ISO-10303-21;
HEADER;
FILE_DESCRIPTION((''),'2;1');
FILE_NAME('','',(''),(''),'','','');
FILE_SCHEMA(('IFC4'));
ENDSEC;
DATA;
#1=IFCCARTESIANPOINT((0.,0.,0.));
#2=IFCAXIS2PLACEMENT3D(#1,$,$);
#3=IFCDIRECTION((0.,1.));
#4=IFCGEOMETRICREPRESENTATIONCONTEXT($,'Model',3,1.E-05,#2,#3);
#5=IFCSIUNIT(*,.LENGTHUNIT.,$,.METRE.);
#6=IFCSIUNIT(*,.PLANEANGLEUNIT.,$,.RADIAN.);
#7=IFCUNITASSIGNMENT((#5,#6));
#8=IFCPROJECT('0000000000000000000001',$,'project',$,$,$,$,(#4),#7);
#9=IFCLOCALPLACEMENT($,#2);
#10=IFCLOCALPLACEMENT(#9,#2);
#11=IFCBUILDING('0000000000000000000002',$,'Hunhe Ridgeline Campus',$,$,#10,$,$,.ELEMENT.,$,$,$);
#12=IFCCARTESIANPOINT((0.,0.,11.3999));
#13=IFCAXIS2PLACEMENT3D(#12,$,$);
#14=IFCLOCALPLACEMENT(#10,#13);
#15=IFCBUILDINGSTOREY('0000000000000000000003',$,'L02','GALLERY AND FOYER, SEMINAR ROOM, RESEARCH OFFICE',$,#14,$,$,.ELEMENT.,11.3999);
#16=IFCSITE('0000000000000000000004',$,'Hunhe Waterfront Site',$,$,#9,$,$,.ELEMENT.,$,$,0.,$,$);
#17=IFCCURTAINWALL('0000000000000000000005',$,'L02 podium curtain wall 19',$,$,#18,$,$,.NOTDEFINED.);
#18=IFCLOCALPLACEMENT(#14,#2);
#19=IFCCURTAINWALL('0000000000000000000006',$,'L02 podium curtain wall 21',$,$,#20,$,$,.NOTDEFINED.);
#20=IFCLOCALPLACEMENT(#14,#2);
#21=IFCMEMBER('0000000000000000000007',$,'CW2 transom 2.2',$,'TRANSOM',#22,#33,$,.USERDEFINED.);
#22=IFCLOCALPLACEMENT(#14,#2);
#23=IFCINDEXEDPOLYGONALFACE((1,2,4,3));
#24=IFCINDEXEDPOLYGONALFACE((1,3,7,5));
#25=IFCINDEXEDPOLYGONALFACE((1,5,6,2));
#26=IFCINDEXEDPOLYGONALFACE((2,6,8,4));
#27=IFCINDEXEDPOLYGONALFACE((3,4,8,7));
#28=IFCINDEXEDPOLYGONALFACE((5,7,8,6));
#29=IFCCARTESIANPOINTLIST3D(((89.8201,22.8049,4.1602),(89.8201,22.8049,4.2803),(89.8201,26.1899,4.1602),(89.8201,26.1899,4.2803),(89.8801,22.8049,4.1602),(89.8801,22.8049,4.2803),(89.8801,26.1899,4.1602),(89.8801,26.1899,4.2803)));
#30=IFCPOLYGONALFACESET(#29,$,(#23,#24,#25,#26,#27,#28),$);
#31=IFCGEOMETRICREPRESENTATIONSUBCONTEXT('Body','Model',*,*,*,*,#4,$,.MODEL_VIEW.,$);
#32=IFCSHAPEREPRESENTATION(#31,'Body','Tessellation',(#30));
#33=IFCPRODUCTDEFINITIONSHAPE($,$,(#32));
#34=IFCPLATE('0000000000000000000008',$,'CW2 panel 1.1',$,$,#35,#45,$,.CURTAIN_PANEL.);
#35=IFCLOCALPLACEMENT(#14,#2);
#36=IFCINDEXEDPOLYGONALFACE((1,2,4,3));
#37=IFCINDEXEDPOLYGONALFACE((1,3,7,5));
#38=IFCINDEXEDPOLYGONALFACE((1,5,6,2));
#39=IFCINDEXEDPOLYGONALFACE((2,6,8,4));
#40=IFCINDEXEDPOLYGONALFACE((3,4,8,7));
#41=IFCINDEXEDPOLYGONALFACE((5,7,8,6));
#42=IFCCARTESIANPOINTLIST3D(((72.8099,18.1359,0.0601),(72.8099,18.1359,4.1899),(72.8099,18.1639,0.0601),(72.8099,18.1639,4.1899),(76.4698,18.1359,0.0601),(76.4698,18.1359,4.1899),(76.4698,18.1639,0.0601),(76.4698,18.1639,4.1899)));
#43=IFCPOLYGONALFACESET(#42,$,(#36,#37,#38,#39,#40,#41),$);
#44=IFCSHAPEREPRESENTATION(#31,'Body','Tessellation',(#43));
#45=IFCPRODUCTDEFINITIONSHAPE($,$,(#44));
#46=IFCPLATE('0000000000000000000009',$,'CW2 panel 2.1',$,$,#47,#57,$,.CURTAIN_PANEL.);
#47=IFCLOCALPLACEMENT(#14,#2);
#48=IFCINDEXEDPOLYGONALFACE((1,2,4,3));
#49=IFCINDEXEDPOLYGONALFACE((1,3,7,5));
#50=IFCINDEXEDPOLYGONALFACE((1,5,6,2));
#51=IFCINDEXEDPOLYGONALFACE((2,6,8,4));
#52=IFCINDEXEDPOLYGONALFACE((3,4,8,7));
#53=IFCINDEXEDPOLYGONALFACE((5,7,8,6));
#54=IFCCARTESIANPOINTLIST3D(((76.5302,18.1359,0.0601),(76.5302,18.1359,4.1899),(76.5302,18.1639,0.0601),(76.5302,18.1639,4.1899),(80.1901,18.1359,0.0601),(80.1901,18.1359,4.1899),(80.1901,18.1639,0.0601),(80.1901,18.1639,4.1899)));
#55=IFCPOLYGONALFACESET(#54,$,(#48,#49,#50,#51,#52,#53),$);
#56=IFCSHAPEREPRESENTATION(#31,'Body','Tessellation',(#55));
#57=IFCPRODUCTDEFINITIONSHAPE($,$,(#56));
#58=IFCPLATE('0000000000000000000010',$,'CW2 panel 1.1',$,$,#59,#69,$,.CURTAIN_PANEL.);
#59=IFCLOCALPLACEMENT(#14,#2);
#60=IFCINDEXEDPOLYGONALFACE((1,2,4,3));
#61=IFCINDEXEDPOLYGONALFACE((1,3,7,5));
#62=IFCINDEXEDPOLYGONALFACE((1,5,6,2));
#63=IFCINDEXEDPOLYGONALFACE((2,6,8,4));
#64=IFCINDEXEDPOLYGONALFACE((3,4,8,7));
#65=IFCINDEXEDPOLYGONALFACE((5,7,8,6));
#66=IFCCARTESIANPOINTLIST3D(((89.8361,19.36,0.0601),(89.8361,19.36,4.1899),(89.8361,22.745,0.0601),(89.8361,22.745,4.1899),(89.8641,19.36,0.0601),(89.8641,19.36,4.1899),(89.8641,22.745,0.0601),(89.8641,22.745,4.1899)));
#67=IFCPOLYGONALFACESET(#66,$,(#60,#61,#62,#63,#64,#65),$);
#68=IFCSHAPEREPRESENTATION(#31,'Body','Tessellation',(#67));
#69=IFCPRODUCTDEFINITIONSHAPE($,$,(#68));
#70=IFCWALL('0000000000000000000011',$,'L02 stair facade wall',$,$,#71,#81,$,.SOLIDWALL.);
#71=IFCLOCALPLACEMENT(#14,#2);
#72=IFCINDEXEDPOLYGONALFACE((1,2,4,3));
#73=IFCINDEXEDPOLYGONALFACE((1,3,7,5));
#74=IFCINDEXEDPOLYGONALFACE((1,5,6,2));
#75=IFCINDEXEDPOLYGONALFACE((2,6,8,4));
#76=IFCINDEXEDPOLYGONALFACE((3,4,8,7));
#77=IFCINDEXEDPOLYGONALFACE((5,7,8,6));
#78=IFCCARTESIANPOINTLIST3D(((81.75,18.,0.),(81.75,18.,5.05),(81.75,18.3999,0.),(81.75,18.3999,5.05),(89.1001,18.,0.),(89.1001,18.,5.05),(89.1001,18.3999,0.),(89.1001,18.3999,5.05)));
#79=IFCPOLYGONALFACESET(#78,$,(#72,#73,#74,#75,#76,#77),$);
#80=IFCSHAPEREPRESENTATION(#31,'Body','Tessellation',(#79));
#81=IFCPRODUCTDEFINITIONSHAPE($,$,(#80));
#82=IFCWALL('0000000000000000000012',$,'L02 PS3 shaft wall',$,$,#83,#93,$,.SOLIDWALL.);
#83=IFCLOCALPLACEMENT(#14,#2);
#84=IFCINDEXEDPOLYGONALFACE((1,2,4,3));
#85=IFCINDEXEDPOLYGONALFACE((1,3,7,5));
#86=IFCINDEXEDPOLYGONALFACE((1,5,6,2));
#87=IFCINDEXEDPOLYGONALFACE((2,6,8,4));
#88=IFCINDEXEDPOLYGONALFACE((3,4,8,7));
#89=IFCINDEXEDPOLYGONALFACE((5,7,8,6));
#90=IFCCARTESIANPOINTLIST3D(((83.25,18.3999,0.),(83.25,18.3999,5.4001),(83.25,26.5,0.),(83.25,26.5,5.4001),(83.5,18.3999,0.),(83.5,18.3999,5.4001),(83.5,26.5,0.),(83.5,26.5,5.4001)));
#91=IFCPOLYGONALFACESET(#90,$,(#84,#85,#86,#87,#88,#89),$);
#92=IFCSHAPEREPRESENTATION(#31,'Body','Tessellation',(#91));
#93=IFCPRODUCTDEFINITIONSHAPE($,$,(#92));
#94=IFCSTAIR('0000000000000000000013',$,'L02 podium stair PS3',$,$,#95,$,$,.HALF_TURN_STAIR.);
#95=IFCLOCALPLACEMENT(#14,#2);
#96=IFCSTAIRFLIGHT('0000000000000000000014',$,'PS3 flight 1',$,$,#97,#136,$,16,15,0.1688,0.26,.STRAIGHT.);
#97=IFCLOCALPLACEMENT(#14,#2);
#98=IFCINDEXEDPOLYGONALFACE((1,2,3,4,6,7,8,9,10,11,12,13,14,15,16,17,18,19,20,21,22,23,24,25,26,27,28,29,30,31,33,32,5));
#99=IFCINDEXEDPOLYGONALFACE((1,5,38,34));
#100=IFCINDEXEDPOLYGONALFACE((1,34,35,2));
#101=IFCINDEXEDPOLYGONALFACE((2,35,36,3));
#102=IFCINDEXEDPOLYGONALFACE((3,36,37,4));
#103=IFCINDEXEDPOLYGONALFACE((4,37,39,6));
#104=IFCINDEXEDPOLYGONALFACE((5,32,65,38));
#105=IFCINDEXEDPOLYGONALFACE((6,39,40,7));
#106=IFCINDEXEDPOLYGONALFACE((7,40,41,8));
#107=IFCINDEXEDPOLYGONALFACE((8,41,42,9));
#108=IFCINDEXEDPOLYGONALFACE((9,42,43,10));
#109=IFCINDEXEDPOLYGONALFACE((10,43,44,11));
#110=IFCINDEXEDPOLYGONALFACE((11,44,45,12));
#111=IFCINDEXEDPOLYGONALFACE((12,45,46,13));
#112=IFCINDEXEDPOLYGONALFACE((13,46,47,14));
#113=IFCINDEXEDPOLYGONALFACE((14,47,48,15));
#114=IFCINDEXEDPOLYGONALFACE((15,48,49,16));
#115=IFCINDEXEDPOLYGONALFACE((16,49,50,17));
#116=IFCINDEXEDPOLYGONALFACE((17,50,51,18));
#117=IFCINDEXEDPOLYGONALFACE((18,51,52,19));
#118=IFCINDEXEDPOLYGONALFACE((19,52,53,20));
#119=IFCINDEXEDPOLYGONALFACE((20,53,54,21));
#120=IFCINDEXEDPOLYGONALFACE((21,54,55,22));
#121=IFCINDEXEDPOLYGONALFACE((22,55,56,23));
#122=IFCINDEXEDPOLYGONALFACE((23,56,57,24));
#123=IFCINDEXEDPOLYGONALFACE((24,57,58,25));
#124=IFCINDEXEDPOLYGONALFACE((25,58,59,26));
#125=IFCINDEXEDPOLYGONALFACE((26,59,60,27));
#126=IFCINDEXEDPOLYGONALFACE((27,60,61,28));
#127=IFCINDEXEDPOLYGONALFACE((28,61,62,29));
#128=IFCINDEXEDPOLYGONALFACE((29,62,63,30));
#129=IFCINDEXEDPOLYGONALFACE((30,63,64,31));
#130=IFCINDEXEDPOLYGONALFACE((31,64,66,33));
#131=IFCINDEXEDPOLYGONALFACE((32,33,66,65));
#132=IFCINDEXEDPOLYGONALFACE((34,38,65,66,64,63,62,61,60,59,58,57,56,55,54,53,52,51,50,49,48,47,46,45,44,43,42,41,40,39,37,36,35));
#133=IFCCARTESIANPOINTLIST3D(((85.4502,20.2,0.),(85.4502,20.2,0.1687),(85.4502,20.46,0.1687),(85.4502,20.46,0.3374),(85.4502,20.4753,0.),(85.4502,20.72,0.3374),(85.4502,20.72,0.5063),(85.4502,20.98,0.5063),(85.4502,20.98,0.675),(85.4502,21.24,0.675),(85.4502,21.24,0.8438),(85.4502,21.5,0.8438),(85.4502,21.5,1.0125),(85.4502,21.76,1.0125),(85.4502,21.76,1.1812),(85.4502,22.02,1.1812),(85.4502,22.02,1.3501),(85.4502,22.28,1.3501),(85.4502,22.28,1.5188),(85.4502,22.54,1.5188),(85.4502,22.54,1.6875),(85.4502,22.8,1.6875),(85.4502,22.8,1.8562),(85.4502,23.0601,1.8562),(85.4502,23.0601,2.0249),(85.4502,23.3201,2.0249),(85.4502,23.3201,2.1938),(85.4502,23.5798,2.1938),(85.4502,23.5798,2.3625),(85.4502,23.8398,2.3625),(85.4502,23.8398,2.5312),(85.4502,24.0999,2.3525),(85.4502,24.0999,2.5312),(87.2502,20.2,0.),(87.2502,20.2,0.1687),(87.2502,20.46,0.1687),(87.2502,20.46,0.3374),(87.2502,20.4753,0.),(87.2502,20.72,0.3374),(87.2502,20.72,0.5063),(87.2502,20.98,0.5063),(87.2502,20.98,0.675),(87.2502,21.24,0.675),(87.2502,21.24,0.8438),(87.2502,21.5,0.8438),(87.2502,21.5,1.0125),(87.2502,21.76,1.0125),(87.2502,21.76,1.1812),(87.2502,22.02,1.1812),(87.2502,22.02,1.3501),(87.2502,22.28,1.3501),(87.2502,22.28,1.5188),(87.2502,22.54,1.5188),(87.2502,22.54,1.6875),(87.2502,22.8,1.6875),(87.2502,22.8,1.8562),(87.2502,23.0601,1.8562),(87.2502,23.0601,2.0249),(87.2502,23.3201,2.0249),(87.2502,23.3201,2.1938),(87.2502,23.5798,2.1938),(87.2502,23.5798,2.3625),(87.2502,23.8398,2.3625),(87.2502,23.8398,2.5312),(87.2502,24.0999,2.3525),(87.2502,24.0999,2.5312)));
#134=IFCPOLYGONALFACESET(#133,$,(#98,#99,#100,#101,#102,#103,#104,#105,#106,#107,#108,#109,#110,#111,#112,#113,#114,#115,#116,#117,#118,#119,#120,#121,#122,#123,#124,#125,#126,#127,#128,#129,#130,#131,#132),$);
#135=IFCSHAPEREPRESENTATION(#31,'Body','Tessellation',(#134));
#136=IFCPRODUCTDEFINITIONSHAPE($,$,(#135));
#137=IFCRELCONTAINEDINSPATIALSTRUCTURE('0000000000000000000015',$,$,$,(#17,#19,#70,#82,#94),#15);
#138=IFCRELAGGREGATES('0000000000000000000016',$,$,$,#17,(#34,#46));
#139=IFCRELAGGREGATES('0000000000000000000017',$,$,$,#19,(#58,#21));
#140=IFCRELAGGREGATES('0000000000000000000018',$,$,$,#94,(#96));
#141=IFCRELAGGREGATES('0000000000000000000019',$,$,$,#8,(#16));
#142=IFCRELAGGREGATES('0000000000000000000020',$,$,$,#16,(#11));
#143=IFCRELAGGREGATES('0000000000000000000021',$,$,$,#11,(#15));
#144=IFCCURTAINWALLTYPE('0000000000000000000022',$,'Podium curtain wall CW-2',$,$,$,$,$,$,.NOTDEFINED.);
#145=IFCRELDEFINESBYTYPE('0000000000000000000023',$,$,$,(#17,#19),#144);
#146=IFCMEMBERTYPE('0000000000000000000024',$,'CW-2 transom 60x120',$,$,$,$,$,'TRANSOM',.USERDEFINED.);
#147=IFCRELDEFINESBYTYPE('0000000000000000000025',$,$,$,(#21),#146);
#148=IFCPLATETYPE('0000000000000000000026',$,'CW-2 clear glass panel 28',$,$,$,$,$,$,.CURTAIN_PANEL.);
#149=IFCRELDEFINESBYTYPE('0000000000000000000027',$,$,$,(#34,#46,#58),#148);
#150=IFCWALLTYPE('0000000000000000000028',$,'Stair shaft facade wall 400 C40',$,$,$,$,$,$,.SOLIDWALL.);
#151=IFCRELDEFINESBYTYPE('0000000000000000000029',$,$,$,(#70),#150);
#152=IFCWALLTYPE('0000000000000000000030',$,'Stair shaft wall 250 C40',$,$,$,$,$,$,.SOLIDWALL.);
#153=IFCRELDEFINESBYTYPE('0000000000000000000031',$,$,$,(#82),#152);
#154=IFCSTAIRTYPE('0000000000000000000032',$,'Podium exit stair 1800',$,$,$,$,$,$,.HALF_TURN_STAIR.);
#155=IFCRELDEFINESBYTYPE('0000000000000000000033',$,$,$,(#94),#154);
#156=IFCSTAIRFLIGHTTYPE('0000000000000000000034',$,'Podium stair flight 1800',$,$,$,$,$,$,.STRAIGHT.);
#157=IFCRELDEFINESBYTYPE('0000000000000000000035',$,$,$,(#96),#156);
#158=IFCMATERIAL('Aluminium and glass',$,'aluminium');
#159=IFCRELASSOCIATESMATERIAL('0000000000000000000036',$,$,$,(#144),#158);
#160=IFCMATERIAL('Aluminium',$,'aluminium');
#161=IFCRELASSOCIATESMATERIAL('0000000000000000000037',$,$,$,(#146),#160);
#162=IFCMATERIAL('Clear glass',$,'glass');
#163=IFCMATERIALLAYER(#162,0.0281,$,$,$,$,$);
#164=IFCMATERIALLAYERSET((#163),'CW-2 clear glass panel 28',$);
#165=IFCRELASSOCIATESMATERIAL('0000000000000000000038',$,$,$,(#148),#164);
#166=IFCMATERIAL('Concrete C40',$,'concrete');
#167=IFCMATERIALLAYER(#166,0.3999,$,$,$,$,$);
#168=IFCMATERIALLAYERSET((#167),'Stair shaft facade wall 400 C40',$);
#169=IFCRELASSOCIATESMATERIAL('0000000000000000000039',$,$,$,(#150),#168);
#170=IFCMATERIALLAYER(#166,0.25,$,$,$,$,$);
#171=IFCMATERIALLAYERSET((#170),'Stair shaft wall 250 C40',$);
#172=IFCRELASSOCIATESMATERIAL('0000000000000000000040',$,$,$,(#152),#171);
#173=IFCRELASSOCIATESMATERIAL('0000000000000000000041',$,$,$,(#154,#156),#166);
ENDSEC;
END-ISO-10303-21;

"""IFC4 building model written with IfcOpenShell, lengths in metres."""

from ifc_helpers import new_model, si_unit, direction, frame, frame_2d, origin, origin_2d, place, context, subcontext, project, spatial, polyline, rectangle, outline, extrude, material, layer, layer_set, material_profile, profile_set, type_object, element, aggregate, save


model = new_model("IFC4")

# Units and contexts
model_context = context("Model", 3, precision=1e-05, world=origin(), true_north=direction((0.0, 1.0)))
body_context = subcontext(model_context, "Body", "Model", "MODEL_VIEW")
ifc_project = project(units=[si_unit("LENGTHUNIT", "METRE"), si_unit("PLANEANGLEUNIT", "RADIAN")], contexts=[model_context])

# Site, building, storey
site_placement = place(None, origin())
site = spatial("IfcSite", under=ifc_project, at=site_placement, Name="Hunhe Waterfront Site", CompositionType="ELEMENT", RefElevation=0.0)
building_placement = place(site_placement, origin())
building = spatial("IfcBuilding", under=site, at=building_placement, Name="Hunhe Ridgeline Campus", CompositionType="ELEMENT")
storey_placement = place(building_placement, frame((0.0, 0.0, 11.3999)))
storey = spatial("IfcBuildingStorey", under=building, at=storey_placement, Name="L02", Description="GALLERY AND FOYER, SEMINAR ROOM, RESEARCH OFFICE", CompositionType="ELEMENT", Elevation=11.3999)

# Curtain walls
ifc_material_1 = material(Name="Aluminium and glass", Category="aluminium")
curtain_wall_type = type_object("IfcCurtainWallType", Name="Podium curtain wall CW-2", PredefinedType="NOTDEFINED", material=ifc_material_1)
curtain_wall_1_placement = place(storey_placement, origin())
curtain_wall_1 = element("IfcCurtainWall", 1, at=curtain_wall_1_placement, inside=storey, type_object=curtain_wall_type, Name="L02 podium curtain wall 19", PredefinedType="NOTDEFINED")
ifc_material_2 = material(Name="Aluminium", Category="aluminium")
curtain_wall_2_placement = place(storey_placement, origin())
curtain_wall_2 = element("IfcCurtainWall", 2, at=curtain_wall_2_placement, inside=storey, type_object=curtain_wall_type, Name="L02 podium curtain wall 21", PredefinedType="NOTDEFINED")

# Member
ifc_material_profile_1 = material_profile(ifc_material_2, rectangle(XDim=0.0601, YDim=0.1201, at=origin_2d()))
ifc_profile_set_1 = profile_set([ifc_material_profile_1], Name="Aluminium")
member_type_1 = type_object("IfcMemberType", Name="CW-2 transom 60x120", ElementType="TRANSOM", PredefinedType="USERDEFINED", material=ifc_profile_set_1)
member_1_placement = place(storey_placement, frame((89.8501, 22.8049, 4.2202), z_axis=(0.0, 1.0, 0.0), x_axis=(-1.0, 0.0, 0.0)))
member_1 = element("IfcMember", 3, at=member_1_placement, type_object=member_type_1, Name="CW2 transom 2.2", ObjectType="TRANSOM", PredefinedType="USERDEFINED", context=body_context, shape_type="SweptSolid", body=[
    extrude(rectangle(XDim=0.0601, YDim=0.1201, at=origin_2d()), origin(), (0.0, 0.0, 1.0), 3.385),
])

# Plates
ifc_material_3 = material(Name="Clear glass", Category="glass")
ifc_layer_1 = layer(ifc_material_3, 0.0281)
ifc_layer_set_1 = layer_set([ifc_layer_1], Name="CW-2 clear glass panel 28")
plate_type = type_object("IfcPlateType", Name="CW-2 clear glass panel 28", PredefinedType="CURTAIN_PANEL", material=ifc_layer_set_1)
plate_1_placement = place(storey_placement, frame((74.6399, 18.1499, 0.0601), z_axis=(0.0, 0.0, 1.0), x_axis=(1.0, 0.0, 0.0)))
plate_1 = element("IfcPlate", 4, at=plate_1_placement, type_object=plate_type, Name="CW2 panel 1.1", PredefinedType="CURTAIN_PANEL", context=body_context, shape_type="SweptSolid", body=[
    extrude(rectangle(XDim=3.6599, YDim=0.0281, at=origin_2d()), origin(), (0.0, 0.0, 1.0), 4.1299),
])
plate_2_placement = place(storey_placement, frame((78.3601, 18.1499, 0.0601), z_axis=(0.0, 0.0, 1.0), x_axis=(1.0, 0.0, 0.0)))
plate_2 = element("IfcPlate", 5, at=plate_2_placement, type_object=plate_type, Name="CW2 panel 2.1", PredefinedType="CURTAIN_PANEL", context=body_context, shape_type="SweptSolid", body=[
    extrude(rectangle(XDim=3.6599, YDim=0.0281, at=origin_2d()), origin(), (0.0, 0.0, 1.0), 4.1299),
])
aggregate(curtain_wall_1, [plate_1, plate_2])
plate_3_placement = place(storey_placement, frame((89.8501, 21.0525, 0.0601), z_axis=(0.0, 0.0, 1.0), x_axis=(0.0, 1.0, 0.0)))
plate_3 = element("IfcPlate", 6, at=plate_3_placement, type_object=plate_type, Name="CW2 panel 1.1", PredefinedType="CURTAIN_PANEL", context=body_context, shape_type="SweptSolid", body=[
    extrude(rectangle(XDim=3.385, YDim=0.0281, at=origin_2d()), origin(), (0.0, 0.0, 1.0), 4.1299),
])
aggregate(curtain_wall_2, [plate_3, member_1])

# Walls
ifc_material_4 = material(Name="Concrete C40", Category="concrete")
ifc_layer_2 = layer(ifc_material_4, 0.3999)
ifc_layer_set_2 = layer_set([ifc_layer_2], Name="Stair shaft facade wall 400 C40")
wall_type_1 = type_object("IfcWallType", Name="Stair shaft facade wall 400 C40", PredefinedType="SOLIDWALL", material=ifc_layer_set_2)
wall_1_placement = place(storey_placement, frame((89.1001, 18.2, 0.0), z_axis=(0.0, 0.0, 1.0), x_axis=(-1.0, 0.0, 0.0)))
element("IfcWall", 7, at=wall_1_placement, inside=storey, type_object=wall_type_1, Name="L02 stair facade wall", PredefinedType="SOLIDWALL", context=body_context, shape_type="SweptSolid", body=[
    extrude(rectangle(XDim=7.3501, YDim=0.3999, at=frame_2d((3.675, 0.0))), origin(), (0.0, 0.0, 1.0), 5.05),
])
ifc_layer_3 = layer(ifc_material_4, 0.25)
ifc_layer_set_3 = layer_set([ifc_layer_3], Name="Stair shaft wall 250 C40")
wall_type_2 = type_object("IfcWallType", Name="Stair shaft wall 250 C40", PredefinedType="SOLIDWALL", material=ifc_layer_set_3)
wall_2_placement = place(storey_placement, frame((83.375, 18.3999, 0.0), z_axis=(0.0, 0.0, 1.0), x_axis=(0.0, 1.0, 0.0)))
element("IfcWall", 8, at=wall_2_placement, inside=storey, type_object=wall_type_2, Name="L02 PS3 shaft wall", PredefinedType="SOLIDWALL", context=body_context, shape_type="SweptSolid", body=[
    extrude(rectangle(XDim=8.1001, YDim=0.25, at=frame_2d((4.05, 0.0))), origin(), (0.0, 0.0, 1.0), 5.4001),
])

# Stair, stair flight
stair_type = type_object("IfcStairType", Name="Podium exit stair 1800", PredefinedType="HALF_TURN_STAIR", material=ifc_material_4)
stair_placement = place(storey_placement, origin())
stair = element("IfcStair", 9, at=stair_placement, inside=storey, type_object=stair_type, Name="L02 podium stair PS3", PredefinedType="HALF_TURN_STAIR")
stair_flight_type = type_object("IfcStairFlightType", Name="Podium stair flight 1800", PredefinedType="STRAIGHT", material=ifc_material_4)
stair_flight_placement = place(storey_placement, frame((86.3501, 20.2, 0.0), z_axis=(0.0, 0.0, 1.0), x_axis=(0.0, 1.0, 0.0)))
stair_flight = element("IfcStairFlight", 10, at=stair_flight_placement, type_object=stair_flight_type, Name="PS3 flight 1", NumberOfRisers=16, NumberOfTreads=15, PredefinedType="STRAIGHT", RiserHeight=0.1688, TreadLength=0.26, context=body_context, shape_type="SweptSolid", body=[
    extrude(outline(polyline([(0.0, 0.0), (0.0, 0.1687), (0.26, 0.1687), (0.26, 0.3374), (0.52, 0.3374), (0.52, 0.5063), (0.78, 0.5063), (0.78, 0.675), (1.04, 0.675), (1.04, 0.8438), (1.3, 0.8438), (1.3, 1.0125), (1.5601, 1.0125), (1.5601, 1.1812), (1.8201, 1.1812), (1.8201, 1.3501), (2.0801, 1.3501), (2.0801, 1.5188), (2.3401, 1.5188), (2.3401, 1.6875), (2.6001, 1.6875), (2.6001, 1.8562), (2.8601, 1.8562), (2.8601, 2.0249), (3.1201, 2.0249), (3.1201, 2.1938), (3.3799, 2.1938), (3.3799, 2.3625), (3.6399, 2.3625), (3.6399, 2.5312), (3.8999, 2.5312), (3.8999, 2.7), (3.8999, 2.3525), (0.2754, 0.0), (0.0, 0.0)])), frame((0.0, 0.8999, 0.0), z_axis=(0.0, -1.0, 0.0), x_axis=(1.0, 0.0, 0.0)), (0.0, 0.0, 1.0), 1.8),
])
aggregate(stair, [stair_flight])

save(model, "model.ifc")
